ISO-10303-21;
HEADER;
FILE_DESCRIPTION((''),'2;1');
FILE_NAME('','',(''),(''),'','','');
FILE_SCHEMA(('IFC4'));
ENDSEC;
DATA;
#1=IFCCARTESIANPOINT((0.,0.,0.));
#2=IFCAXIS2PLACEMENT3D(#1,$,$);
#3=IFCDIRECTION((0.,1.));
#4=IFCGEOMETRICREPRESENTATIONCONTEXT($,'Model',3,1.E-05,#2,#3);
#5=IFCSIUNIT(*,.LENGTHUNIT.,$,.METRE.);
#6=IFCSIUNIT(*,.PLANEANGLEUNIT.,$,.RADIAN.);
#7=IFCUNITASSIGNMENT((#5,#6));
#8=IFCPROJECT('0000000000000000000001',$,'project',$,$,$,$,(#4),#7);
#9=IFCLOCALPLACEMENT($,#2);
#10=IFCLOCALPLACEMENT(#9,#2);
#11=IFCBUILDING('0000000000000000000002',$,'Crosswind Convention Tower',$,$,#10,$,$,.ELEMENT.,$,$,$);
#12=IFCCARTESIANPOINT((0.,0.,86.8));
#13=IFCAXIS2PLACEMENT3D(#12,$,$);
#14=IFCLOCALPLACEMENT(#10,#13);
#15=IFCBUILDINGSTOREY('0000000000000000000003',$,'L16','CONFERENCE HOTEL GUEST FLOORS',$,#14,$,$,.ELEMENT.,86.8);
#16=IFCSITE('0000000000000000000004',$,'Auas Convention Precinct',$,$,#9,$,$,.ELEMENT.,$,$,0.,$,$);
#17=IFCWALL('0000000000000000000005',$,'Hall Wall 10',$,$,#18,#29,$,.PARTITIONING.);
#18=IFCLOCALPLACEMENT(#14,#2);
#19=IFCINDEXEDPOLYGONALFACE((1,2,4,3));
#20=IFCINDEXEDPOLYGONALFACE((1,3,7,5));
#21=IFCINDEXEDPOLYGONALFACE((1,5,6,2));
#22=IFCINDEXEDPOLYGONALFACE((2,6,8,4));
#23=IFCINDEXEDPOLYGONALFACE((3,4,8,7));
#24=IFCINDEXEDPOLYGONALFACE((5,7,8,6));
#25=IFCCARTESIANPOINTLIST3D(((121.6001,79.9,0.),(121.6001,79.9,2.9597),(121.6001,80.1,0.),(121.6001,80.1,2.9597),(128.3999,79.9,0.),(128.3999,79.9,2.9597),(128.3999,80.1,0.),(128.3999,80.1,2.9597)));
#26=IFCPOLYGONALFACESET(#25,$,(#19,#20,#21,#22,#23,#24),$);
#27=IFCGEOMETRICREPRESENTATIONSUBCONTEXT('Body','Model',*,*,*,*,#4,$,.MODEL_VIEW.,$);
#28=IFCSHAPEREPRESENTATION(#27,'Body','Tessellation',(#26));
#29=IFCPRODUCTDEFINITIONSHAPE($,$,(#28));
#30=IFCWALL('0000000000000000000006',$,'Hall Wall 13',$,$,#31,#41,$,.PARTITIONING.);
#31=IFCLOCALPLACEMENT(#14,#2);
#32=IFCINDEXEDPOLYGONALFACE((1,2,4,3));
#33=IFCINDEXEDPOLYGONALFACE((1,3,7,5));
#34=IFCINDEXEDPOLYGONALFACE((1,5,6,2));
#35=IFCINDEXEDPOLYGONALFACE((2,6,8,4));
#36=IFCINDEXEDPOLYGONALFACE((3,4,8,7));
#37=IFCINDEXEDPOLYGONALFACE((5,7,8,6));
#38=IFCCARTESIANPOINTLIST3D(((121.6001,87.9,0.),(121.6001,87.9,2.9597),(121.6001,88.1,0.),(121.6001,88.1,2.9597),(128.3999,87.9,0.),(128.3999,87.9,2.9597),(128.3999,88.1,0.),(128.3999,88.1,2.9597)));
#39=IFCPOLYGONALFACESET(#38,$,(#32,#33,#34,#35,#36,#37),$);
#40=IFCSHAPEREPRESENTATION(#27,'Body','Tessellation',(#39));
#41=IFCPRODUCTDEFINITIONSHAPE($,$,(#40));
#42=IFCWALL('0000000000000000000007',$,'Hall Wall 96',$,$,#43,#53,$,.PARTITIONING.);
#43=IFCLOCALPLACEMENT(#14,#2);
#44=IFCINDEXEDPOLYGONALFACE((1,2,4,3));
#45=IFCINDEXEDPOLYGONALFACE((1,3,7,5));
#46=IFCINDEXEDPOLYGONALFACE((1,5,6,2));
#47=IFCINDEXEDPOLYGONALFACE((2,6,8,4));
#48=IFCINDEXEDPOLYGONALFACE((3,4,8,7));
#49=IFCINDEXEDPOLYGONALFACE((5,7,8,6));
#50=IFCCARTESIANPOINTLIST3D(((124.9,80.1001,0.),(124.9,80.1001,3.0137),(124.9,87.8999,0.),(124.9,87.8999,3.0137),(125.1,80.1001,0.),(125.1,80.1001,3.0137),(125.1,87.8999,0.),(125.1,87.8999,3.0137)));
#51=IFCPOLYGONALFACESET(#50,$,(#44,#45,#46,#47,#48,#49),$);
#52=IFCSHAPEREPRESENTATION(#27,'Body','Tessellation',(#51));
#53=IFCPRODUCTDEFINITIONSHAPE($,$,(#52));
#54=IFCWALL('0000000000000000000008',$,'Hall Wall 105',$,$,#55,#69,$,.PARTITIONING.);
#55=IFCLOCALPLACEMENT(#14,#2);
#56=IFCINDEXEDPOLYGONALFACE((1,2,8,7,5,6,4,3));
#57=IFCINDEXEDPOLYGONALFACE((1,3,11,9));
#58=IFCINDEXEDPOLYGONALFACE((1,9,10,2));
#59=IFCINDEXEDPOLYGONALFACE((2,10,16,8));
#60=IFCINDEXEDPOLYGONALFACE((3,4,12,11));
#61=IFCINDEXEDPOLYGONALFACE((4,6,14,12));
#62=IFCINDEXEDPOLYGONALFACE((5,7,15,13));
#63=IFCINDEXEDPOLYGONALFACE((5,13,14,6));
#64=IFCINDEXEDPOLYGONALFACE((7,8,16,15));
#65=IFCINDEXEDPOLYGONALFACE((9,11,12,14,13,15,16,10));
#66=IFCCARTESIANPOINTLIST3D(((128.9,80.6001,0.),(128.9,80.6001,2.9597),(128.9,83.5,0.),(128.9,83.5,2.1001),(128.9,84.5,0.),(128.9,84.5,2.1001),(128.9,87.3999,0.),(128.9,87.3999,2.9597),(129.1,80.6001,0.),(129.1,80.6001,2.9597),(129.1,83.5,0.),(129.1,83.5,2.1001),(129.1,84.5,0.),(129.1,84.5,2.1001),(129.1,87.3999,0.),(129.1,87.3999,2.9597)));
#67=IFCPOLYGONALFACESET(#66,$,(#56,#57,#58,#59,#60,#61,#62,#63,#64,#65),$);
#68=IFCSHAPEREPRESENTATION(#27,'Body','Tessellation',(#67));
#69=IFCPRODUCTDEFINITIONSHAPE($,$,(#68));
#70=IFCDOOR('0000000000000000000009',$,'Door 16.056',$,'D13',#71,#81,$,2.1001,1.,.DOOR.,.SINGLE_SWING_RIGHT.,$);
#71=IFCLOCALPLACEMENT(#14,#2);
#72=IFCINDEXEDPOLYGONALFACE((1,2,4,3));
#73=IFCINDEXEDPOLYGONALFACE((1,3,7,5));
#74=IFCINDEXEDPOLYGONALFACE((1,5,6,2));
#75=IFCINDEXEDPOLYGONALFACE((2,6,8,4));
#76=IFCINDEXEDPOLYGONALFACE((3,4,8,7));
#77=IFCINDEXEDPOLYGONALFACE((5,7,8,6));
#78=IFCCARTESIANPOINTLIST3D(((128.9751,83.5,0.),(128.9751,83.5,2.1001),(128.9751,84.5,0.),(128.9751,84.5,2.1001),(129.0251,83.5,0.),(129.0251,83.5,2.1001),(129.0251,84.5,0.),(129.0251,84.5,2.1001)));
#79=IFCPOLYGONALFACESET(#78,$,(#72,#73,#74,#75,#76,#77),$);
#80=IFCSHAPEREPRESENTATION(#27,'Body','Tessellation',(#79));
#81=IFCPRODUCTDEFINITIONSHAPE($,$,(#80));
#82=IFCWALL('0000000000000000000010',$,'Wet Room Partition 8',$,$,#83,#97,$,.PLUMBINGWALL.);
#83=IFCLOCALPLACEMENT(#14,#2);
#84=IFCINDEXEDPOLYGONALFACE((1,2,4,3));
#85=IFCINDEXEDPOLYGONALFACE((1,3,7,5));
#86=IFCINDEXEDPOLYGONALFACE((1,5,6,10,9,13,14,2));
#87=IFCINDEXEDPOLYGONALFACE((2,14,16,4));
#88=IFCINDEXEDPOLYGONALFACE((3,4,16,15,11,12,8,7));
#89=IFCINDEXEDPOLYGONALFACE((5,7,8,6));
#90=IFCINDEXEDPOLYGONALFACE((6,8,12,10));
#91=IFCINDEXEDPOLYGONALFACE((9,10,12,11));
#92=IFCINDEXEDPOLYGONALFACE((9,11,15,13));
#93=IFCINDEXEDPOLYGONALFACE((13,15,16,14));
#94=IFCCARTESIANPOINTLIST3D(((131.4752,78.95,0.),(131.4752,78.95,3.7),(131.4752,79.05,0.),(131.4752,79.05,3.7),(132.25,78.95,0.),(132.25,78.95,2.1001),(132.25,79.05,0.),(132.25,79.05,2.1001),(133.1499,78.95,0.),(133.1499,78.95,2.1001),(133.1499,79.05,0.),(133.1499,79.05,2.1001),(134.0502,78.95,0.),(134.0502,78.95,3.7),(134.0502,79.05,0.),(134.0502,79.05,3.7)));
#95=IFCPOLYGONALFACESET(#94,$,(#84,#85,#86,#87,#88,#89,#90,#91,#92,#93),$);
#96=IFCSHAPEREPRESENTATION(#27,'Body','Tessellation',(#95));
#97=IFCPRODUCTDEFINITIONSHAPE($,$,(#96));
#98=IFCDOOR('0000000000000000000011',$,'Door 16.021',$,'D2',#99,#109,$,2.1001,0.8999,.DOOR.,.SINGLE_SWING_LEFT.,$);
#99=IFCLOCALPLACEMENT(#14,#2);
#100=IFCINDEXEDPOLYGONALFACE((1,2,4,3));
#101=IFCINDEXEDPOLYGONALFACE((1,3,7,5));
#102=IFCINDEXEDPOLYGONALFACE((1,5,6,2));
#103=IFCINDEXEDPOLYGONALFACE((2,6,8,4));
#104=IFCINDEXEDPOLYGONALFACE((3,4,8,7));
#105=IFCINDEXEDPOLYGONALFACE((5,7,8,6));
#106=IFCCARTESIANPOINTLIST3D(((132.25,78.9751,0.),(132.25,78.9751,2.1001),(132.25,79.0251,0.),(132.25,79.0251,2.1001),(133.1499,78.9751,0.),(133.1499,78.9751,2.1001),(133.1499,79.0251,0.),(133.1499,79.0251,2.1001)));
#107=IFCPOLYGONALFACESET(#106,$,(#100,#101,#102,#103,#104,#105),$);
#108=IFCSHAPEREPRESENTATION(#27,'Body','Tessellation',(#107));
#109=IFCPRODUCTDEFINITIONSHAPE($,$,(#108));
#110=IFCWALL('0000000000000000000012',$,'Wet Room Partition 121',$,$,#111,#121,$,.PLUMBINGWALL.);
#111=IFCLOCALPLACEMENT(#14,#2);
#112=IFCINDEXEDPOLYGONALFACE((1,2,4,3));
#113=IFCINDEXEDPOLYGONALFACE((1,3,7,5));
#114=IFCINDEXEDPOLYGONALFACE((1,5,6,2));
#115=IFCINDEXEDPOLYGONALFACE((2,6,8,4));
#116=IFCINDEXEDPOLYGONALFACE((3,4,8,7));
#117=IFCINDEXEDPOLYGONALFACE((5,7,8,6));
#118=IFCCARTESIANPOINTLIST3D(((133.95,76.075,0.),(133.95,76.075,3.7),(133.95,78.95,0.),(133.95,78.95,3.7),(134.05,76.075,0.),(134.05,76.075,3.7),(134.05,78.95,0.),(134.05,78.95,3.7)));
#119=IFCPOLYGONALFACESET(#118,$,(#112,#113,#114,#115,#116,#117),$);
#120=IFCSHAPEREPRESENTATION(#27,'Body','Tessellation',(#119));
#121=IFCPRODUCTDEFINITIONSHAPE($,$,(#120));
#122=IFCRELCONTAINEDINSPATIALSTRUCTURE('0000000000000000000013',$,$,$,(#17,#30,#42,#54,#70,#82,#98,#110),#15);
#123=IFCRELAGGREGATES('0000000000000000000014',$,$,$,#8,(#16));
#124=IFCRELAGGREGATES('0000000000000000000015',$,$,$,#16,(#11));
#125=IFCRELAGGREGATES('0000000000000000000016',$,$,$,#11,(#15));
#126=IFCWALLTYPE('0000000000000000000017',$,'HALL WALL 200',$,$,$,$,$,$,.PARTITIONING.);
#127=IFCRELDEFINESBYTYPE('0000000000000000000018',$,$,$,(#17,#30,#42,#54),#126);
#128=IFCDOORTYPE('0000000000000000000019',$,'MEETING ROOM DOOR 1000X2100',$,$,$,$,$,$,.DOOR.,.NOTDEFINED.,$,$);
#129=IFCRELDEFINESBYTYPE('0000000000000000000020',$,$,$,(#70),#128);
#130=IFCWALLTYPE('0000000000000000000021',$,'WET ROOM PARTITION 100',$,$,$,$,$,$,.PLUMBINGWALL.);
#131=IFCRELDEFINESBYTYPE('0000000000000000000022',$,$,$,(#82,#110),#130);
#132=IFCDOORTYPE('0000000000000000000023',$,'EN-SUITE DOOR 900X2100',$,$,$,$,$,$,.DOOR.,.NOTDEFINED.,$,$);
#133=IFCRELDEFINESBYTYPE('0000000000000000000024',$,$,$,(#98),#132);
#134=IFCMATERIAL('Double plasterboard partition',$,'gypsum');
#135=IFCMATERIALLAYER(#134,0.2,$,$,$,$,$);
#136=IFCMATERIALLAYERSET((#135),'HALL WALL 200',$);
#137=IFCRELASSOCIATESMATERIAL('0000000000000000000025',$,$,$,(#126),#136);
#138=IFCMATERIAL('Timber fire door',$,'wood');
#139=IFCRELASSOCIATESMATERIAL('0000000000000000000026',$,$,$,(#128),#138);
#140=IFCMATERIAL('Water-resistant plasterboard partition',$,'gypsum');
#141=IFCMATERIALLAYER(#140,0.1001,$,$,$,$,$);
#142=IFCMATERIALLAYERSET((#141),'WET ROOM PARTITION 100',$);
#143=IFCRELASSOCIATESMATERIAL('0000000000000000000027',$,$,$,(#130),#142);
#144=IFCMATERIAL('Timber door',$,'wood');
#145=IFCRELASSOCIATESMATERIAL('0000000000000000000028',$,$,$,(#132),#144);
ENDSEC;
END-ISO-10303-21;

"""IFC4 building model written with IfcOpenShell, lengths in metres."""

from ifc_helpers import new_model, si_unit, direction, frame, frame_2d, origin, place, context, subcontext, project, spatial, rectangle, extrude, material, layer, layer_set, type_object, element, fill, save


model = new_model("IFC4")

# Units and contexts
model_context = context("Model", 3, precision=1e-05, world=origin(), true_north=direction((0.0, 1.0)))
body_context = subcontext(model_context, "Body", "Model", "MODEL_VIEW")
ifc_project = project(units=[si_unit("LENGTHUNIT", "METRE"), si_unit("PLANEANGLEUNIT", "RADIAN")], contexts=[model_context])

# Site, building, storey
site_placement = place(None, origin())
site = spatial("IfcSite", under=ifc_project, at=site_placement, Name="Auas Convention Precinct", CompositionType="ELEMENT", RefElevation=0.0)
building_placement = place(site_placement, origin())
building = spatial("IfcBuilding", under=site, at=building_placement, Name="Crosswind Convention Tower", CompositionType="ELEMENT")
storey_placement = place(building_placement, frame((0.0, 0.0, 86.8)))
storey = spatial("IfcBuildingStorey", under=building, at=storey_placement, Name="L16", Description="CONFERENCE HOTEL GUEST FLOORS", CompositionType="ELEMENT", Elevation=86.8)

# Walls
ifc_material_1 = material(Name="Double plasterboard partition", Category="gypsum")
ifc_layer_1 = layer(ifc_material_1, 0.2)
ifc_layer_set_1 = layer_set([ifc_layer_1], Name="HALL WALL 200")
wall_type_1 = type_object("IfcWallType", Name="HALL WALL 200", PredefinedType="PARTITIONING", material=ifc_layer_set_1)
for number, where, z_axis, x_axis, name in (
    (1, (121.6001, 80.0, 0.0), (0.0, 0.0, 1.0), (1.0, 0.0, 0.0), "Hall Wall 10"),
    (2, (121.6001, 88.0, 0.0), (0.0, 0.0, 1.0), (1.0, 0.0, 0.0), "Hall Wall 13"),
):
    element("IfcWall", number, at=place(storey_placement, frame(where, z_axis=z_axis, x_axis=x_axis)), inside=storey, type_object=wall_type_1, Name=name, PredefinedType="PARTITIONING", context=body_context, shape_type="SweptSolid", body=[
        extrude(rectangle(XDim=6.7998, YDim=0.2, at=frame_2d((3.3999, 0.0))), origin(), (0.0, 0.0, 1.0), 2.9597),
    ])
wall_1_placement = place(storey_placement, frame((125.0, 80.1001, 0.0), z_axis=(0.0, 0.0, 1.0), x_axis=(0.0, 1.0, 0.0)))
element("IfcWall", 3, at=wall_1_placement, inside=storey, type_object=wall_type_1, Name="Hall Wall 96", PredefinedType="PARTITIONING", context=body_context, shape_type="SweptSolid", body=[
    extrude(rectangle(XDim=7.7998, YDim=0.2, at=frame_2d((3.8999, 0.0))), origin(), (0.0, 0.0, 1.0), 3.0137),
])

# Walls, openings, doors
wall_2_placement = place(storey_placement, frame((129.0, 80.6001, 0.0), z_axis=(0.0, 0.0, 1.0), x_axis=(0.0, 1.0, 0.0)))
wall_2 = element("IfcWall", 4, at=wall_2_placement, inside=storey, type_object=wall_type_1, Name="Hall Wall 105", PredefinedType="PARTITIONING", context=body_context, shape_type="SweptSolid", body=[
    extrude(rectangle(XDim=6.7998, YDim=0.2, at=frame_2d((3.3999, 0.0))), origin(), (0.0, 0.0, 1.0), 2.9597),
])
opening_1_placement = place(wall_2_placement, frame((2.8999, 0.0, 0.0)))
opening_1 = element("IfcOpeningElement", 5, at=opening_1_placement, cuts=wall_2, PredefinedType="OPENING", context=body_context, shape_type="SweptSolid", body=[
    extrude(rectangle(XDim=1.0, YDim=2.1001, at=frame_2d((0.5, 1.05))), frame((0.0, 0.1099, 0.0), z_axis=(0.0, -1.0, 0.0), x_axis=(1.0, 0.0, 0.0)), (0.0, 0.0, 1.0), 0.22),
])
ifc_material_2 = material(Name="Timber fire door", Category="wood")
door_type_1 = type_object("IfcDoorType", Name="MEETING ROOM DOOR 1000X2100", OperationType="NOTDEFINED", PredefinedType="DOOR", material=ifc_material_2)
door_1_placement = place(opening_1_placement, origin())
door_1 = element("IfcDoor", 6, at=door_1_placement, inside=storey, type_object=door_type_1, Name="Door 16.056", ObjectType="D13", OperationType="SINGLE_SWING_RIGHT", OverallHeight=2.1001, OverallWidth=1.0, PredefinedType="DOOR", context=body_context, shape_type="SweptSolid", body=[
    extrude(rectangle(XDim=1.0, YDim=2.1001, at=frame_2d((0.5, 1.05))), frame((0.0, 0.0249, 0.0), z_axis=(0.0, -1.0, 0.0), x_axis=(1.0, 0.0, 0.0)), (0.0, 0.0, 1.0), 0.05),
])
fill(opening_1, door_1)
ifc_material_3 = material(Name="Water-resistant plasterboard partition", Category="gypsum")
ifc_layer_2 = layer(ifc_material_3, 0.1001)
ifc_layer_set_2 = layer_set([ifc_layer_2], Name="WET ROOM PARTITION 100")
wall_type_2 = type_object("IfcWallType", Name="WET ROOM PARTITION 100", PredefinedType="PLUMBINGWALL", material=ifc_layer_set_2)
wall_3_placement = place(storey_placement, frame((131.4751, 79.0, 0.0), z_axis=(0.0, 0.0, 1.0), x_axis=(1.0, 0.0, 0.0)))
wall_3 = element("IfcWall", 7, at=wall_3_placement, inside=storey, type_object=wall_type_2, Name="Wet Room Partition 8", PredefinedType="PLUMBINGWALL", context=body_context, shape_type="SweptSolid", body=[
    extrude(rectangle(XDim=2.575, YDim=0.1001, at=frame_2d((1.2876, 0.0))), origin(), (0.0, 0.0, 1.0), 3.7),
])
opening_2_placement = place(wall_3_placement, frame((0.7749, 0.0, 0.0)))
opening_2 = element("IfcOpeningElement", 8, at=opening_2_placement, cuts=wall_3, PredefinedType="OPENING", context=body_context, shape_type="SweptSolid", body=[
    extrude(rectangle(XDim=0.8999, YDim=2.1001, at=frame_2d((0.45, 1.05))), frame((0.0, 0.0601, 0.0), z_axis=(0.0, -1.0, 0.0), x_axis=(1.0, 0.0, 0.0)), (0.0, 0.0, 1.0), 0.1201),
])
ifc_material_4 = material(Name="Timber door", Category="wood")
door_type_2 = type_object("IfcDoorType", Name="EN-SUITE DOOR 900X2100", OperationType="NOTDEFINED", PredefinedType="DOOR", material=ifc_material_4)
door_2_placement = place(opening_2_placement, frame((0.8999, 0.0, 0.0), z_axis=(0.0, 0.0, 1.0), x_axis=(-1.0, 0.0, 0.0)))
door_2 = element("IfcDoor", 9, at=door_2_placement, inside=storey, type_object=door_type_2, Name="Door 16.021", ObjectType="D2", OperationType="SINGLE_SWING_LEFT", OverallHeight=2.1001, OverallWidth=0.8999, PredefinedType="DOOR", context=body_context, shape_type="SweptSolid", body=[
    extrude(rectangle(XDim=0.8999, YDim=2.1001, at=frame_2d((0.45, 1.05))), frame((0.0, 0.0249, 0.0), z_axis=(0.0, -1.0, 0.0), x_axis=(1.0, 0.0, 0.0)), (0.0, 0.0, 1.0), 0.05),
])
fill(opening_2, door_2)

# Wall
wall_4_placement = place(storey_placement, frame((134.0, 76.075, 0.0), z_axis=(0.0, 0.0, 1.0), x_axis=(0.0, 1.0, 0.0)))
element("IfcWall", 10, at=wall_4_placement, inside=storey, type_object=wall_type_2, Name="Wet Room Partition 121", PredefinedType="PLUMBINGWALL", context=body_context, shape_type="SweptSolid", body=[
    extrude(rectangle(XDim=2.875, YDim=0.1001, at=frame_2d((1.4375, 0.0))), origin(), (0.0, 0.0, 1.0), 3.7),
])

save(model, "model.ifc")
